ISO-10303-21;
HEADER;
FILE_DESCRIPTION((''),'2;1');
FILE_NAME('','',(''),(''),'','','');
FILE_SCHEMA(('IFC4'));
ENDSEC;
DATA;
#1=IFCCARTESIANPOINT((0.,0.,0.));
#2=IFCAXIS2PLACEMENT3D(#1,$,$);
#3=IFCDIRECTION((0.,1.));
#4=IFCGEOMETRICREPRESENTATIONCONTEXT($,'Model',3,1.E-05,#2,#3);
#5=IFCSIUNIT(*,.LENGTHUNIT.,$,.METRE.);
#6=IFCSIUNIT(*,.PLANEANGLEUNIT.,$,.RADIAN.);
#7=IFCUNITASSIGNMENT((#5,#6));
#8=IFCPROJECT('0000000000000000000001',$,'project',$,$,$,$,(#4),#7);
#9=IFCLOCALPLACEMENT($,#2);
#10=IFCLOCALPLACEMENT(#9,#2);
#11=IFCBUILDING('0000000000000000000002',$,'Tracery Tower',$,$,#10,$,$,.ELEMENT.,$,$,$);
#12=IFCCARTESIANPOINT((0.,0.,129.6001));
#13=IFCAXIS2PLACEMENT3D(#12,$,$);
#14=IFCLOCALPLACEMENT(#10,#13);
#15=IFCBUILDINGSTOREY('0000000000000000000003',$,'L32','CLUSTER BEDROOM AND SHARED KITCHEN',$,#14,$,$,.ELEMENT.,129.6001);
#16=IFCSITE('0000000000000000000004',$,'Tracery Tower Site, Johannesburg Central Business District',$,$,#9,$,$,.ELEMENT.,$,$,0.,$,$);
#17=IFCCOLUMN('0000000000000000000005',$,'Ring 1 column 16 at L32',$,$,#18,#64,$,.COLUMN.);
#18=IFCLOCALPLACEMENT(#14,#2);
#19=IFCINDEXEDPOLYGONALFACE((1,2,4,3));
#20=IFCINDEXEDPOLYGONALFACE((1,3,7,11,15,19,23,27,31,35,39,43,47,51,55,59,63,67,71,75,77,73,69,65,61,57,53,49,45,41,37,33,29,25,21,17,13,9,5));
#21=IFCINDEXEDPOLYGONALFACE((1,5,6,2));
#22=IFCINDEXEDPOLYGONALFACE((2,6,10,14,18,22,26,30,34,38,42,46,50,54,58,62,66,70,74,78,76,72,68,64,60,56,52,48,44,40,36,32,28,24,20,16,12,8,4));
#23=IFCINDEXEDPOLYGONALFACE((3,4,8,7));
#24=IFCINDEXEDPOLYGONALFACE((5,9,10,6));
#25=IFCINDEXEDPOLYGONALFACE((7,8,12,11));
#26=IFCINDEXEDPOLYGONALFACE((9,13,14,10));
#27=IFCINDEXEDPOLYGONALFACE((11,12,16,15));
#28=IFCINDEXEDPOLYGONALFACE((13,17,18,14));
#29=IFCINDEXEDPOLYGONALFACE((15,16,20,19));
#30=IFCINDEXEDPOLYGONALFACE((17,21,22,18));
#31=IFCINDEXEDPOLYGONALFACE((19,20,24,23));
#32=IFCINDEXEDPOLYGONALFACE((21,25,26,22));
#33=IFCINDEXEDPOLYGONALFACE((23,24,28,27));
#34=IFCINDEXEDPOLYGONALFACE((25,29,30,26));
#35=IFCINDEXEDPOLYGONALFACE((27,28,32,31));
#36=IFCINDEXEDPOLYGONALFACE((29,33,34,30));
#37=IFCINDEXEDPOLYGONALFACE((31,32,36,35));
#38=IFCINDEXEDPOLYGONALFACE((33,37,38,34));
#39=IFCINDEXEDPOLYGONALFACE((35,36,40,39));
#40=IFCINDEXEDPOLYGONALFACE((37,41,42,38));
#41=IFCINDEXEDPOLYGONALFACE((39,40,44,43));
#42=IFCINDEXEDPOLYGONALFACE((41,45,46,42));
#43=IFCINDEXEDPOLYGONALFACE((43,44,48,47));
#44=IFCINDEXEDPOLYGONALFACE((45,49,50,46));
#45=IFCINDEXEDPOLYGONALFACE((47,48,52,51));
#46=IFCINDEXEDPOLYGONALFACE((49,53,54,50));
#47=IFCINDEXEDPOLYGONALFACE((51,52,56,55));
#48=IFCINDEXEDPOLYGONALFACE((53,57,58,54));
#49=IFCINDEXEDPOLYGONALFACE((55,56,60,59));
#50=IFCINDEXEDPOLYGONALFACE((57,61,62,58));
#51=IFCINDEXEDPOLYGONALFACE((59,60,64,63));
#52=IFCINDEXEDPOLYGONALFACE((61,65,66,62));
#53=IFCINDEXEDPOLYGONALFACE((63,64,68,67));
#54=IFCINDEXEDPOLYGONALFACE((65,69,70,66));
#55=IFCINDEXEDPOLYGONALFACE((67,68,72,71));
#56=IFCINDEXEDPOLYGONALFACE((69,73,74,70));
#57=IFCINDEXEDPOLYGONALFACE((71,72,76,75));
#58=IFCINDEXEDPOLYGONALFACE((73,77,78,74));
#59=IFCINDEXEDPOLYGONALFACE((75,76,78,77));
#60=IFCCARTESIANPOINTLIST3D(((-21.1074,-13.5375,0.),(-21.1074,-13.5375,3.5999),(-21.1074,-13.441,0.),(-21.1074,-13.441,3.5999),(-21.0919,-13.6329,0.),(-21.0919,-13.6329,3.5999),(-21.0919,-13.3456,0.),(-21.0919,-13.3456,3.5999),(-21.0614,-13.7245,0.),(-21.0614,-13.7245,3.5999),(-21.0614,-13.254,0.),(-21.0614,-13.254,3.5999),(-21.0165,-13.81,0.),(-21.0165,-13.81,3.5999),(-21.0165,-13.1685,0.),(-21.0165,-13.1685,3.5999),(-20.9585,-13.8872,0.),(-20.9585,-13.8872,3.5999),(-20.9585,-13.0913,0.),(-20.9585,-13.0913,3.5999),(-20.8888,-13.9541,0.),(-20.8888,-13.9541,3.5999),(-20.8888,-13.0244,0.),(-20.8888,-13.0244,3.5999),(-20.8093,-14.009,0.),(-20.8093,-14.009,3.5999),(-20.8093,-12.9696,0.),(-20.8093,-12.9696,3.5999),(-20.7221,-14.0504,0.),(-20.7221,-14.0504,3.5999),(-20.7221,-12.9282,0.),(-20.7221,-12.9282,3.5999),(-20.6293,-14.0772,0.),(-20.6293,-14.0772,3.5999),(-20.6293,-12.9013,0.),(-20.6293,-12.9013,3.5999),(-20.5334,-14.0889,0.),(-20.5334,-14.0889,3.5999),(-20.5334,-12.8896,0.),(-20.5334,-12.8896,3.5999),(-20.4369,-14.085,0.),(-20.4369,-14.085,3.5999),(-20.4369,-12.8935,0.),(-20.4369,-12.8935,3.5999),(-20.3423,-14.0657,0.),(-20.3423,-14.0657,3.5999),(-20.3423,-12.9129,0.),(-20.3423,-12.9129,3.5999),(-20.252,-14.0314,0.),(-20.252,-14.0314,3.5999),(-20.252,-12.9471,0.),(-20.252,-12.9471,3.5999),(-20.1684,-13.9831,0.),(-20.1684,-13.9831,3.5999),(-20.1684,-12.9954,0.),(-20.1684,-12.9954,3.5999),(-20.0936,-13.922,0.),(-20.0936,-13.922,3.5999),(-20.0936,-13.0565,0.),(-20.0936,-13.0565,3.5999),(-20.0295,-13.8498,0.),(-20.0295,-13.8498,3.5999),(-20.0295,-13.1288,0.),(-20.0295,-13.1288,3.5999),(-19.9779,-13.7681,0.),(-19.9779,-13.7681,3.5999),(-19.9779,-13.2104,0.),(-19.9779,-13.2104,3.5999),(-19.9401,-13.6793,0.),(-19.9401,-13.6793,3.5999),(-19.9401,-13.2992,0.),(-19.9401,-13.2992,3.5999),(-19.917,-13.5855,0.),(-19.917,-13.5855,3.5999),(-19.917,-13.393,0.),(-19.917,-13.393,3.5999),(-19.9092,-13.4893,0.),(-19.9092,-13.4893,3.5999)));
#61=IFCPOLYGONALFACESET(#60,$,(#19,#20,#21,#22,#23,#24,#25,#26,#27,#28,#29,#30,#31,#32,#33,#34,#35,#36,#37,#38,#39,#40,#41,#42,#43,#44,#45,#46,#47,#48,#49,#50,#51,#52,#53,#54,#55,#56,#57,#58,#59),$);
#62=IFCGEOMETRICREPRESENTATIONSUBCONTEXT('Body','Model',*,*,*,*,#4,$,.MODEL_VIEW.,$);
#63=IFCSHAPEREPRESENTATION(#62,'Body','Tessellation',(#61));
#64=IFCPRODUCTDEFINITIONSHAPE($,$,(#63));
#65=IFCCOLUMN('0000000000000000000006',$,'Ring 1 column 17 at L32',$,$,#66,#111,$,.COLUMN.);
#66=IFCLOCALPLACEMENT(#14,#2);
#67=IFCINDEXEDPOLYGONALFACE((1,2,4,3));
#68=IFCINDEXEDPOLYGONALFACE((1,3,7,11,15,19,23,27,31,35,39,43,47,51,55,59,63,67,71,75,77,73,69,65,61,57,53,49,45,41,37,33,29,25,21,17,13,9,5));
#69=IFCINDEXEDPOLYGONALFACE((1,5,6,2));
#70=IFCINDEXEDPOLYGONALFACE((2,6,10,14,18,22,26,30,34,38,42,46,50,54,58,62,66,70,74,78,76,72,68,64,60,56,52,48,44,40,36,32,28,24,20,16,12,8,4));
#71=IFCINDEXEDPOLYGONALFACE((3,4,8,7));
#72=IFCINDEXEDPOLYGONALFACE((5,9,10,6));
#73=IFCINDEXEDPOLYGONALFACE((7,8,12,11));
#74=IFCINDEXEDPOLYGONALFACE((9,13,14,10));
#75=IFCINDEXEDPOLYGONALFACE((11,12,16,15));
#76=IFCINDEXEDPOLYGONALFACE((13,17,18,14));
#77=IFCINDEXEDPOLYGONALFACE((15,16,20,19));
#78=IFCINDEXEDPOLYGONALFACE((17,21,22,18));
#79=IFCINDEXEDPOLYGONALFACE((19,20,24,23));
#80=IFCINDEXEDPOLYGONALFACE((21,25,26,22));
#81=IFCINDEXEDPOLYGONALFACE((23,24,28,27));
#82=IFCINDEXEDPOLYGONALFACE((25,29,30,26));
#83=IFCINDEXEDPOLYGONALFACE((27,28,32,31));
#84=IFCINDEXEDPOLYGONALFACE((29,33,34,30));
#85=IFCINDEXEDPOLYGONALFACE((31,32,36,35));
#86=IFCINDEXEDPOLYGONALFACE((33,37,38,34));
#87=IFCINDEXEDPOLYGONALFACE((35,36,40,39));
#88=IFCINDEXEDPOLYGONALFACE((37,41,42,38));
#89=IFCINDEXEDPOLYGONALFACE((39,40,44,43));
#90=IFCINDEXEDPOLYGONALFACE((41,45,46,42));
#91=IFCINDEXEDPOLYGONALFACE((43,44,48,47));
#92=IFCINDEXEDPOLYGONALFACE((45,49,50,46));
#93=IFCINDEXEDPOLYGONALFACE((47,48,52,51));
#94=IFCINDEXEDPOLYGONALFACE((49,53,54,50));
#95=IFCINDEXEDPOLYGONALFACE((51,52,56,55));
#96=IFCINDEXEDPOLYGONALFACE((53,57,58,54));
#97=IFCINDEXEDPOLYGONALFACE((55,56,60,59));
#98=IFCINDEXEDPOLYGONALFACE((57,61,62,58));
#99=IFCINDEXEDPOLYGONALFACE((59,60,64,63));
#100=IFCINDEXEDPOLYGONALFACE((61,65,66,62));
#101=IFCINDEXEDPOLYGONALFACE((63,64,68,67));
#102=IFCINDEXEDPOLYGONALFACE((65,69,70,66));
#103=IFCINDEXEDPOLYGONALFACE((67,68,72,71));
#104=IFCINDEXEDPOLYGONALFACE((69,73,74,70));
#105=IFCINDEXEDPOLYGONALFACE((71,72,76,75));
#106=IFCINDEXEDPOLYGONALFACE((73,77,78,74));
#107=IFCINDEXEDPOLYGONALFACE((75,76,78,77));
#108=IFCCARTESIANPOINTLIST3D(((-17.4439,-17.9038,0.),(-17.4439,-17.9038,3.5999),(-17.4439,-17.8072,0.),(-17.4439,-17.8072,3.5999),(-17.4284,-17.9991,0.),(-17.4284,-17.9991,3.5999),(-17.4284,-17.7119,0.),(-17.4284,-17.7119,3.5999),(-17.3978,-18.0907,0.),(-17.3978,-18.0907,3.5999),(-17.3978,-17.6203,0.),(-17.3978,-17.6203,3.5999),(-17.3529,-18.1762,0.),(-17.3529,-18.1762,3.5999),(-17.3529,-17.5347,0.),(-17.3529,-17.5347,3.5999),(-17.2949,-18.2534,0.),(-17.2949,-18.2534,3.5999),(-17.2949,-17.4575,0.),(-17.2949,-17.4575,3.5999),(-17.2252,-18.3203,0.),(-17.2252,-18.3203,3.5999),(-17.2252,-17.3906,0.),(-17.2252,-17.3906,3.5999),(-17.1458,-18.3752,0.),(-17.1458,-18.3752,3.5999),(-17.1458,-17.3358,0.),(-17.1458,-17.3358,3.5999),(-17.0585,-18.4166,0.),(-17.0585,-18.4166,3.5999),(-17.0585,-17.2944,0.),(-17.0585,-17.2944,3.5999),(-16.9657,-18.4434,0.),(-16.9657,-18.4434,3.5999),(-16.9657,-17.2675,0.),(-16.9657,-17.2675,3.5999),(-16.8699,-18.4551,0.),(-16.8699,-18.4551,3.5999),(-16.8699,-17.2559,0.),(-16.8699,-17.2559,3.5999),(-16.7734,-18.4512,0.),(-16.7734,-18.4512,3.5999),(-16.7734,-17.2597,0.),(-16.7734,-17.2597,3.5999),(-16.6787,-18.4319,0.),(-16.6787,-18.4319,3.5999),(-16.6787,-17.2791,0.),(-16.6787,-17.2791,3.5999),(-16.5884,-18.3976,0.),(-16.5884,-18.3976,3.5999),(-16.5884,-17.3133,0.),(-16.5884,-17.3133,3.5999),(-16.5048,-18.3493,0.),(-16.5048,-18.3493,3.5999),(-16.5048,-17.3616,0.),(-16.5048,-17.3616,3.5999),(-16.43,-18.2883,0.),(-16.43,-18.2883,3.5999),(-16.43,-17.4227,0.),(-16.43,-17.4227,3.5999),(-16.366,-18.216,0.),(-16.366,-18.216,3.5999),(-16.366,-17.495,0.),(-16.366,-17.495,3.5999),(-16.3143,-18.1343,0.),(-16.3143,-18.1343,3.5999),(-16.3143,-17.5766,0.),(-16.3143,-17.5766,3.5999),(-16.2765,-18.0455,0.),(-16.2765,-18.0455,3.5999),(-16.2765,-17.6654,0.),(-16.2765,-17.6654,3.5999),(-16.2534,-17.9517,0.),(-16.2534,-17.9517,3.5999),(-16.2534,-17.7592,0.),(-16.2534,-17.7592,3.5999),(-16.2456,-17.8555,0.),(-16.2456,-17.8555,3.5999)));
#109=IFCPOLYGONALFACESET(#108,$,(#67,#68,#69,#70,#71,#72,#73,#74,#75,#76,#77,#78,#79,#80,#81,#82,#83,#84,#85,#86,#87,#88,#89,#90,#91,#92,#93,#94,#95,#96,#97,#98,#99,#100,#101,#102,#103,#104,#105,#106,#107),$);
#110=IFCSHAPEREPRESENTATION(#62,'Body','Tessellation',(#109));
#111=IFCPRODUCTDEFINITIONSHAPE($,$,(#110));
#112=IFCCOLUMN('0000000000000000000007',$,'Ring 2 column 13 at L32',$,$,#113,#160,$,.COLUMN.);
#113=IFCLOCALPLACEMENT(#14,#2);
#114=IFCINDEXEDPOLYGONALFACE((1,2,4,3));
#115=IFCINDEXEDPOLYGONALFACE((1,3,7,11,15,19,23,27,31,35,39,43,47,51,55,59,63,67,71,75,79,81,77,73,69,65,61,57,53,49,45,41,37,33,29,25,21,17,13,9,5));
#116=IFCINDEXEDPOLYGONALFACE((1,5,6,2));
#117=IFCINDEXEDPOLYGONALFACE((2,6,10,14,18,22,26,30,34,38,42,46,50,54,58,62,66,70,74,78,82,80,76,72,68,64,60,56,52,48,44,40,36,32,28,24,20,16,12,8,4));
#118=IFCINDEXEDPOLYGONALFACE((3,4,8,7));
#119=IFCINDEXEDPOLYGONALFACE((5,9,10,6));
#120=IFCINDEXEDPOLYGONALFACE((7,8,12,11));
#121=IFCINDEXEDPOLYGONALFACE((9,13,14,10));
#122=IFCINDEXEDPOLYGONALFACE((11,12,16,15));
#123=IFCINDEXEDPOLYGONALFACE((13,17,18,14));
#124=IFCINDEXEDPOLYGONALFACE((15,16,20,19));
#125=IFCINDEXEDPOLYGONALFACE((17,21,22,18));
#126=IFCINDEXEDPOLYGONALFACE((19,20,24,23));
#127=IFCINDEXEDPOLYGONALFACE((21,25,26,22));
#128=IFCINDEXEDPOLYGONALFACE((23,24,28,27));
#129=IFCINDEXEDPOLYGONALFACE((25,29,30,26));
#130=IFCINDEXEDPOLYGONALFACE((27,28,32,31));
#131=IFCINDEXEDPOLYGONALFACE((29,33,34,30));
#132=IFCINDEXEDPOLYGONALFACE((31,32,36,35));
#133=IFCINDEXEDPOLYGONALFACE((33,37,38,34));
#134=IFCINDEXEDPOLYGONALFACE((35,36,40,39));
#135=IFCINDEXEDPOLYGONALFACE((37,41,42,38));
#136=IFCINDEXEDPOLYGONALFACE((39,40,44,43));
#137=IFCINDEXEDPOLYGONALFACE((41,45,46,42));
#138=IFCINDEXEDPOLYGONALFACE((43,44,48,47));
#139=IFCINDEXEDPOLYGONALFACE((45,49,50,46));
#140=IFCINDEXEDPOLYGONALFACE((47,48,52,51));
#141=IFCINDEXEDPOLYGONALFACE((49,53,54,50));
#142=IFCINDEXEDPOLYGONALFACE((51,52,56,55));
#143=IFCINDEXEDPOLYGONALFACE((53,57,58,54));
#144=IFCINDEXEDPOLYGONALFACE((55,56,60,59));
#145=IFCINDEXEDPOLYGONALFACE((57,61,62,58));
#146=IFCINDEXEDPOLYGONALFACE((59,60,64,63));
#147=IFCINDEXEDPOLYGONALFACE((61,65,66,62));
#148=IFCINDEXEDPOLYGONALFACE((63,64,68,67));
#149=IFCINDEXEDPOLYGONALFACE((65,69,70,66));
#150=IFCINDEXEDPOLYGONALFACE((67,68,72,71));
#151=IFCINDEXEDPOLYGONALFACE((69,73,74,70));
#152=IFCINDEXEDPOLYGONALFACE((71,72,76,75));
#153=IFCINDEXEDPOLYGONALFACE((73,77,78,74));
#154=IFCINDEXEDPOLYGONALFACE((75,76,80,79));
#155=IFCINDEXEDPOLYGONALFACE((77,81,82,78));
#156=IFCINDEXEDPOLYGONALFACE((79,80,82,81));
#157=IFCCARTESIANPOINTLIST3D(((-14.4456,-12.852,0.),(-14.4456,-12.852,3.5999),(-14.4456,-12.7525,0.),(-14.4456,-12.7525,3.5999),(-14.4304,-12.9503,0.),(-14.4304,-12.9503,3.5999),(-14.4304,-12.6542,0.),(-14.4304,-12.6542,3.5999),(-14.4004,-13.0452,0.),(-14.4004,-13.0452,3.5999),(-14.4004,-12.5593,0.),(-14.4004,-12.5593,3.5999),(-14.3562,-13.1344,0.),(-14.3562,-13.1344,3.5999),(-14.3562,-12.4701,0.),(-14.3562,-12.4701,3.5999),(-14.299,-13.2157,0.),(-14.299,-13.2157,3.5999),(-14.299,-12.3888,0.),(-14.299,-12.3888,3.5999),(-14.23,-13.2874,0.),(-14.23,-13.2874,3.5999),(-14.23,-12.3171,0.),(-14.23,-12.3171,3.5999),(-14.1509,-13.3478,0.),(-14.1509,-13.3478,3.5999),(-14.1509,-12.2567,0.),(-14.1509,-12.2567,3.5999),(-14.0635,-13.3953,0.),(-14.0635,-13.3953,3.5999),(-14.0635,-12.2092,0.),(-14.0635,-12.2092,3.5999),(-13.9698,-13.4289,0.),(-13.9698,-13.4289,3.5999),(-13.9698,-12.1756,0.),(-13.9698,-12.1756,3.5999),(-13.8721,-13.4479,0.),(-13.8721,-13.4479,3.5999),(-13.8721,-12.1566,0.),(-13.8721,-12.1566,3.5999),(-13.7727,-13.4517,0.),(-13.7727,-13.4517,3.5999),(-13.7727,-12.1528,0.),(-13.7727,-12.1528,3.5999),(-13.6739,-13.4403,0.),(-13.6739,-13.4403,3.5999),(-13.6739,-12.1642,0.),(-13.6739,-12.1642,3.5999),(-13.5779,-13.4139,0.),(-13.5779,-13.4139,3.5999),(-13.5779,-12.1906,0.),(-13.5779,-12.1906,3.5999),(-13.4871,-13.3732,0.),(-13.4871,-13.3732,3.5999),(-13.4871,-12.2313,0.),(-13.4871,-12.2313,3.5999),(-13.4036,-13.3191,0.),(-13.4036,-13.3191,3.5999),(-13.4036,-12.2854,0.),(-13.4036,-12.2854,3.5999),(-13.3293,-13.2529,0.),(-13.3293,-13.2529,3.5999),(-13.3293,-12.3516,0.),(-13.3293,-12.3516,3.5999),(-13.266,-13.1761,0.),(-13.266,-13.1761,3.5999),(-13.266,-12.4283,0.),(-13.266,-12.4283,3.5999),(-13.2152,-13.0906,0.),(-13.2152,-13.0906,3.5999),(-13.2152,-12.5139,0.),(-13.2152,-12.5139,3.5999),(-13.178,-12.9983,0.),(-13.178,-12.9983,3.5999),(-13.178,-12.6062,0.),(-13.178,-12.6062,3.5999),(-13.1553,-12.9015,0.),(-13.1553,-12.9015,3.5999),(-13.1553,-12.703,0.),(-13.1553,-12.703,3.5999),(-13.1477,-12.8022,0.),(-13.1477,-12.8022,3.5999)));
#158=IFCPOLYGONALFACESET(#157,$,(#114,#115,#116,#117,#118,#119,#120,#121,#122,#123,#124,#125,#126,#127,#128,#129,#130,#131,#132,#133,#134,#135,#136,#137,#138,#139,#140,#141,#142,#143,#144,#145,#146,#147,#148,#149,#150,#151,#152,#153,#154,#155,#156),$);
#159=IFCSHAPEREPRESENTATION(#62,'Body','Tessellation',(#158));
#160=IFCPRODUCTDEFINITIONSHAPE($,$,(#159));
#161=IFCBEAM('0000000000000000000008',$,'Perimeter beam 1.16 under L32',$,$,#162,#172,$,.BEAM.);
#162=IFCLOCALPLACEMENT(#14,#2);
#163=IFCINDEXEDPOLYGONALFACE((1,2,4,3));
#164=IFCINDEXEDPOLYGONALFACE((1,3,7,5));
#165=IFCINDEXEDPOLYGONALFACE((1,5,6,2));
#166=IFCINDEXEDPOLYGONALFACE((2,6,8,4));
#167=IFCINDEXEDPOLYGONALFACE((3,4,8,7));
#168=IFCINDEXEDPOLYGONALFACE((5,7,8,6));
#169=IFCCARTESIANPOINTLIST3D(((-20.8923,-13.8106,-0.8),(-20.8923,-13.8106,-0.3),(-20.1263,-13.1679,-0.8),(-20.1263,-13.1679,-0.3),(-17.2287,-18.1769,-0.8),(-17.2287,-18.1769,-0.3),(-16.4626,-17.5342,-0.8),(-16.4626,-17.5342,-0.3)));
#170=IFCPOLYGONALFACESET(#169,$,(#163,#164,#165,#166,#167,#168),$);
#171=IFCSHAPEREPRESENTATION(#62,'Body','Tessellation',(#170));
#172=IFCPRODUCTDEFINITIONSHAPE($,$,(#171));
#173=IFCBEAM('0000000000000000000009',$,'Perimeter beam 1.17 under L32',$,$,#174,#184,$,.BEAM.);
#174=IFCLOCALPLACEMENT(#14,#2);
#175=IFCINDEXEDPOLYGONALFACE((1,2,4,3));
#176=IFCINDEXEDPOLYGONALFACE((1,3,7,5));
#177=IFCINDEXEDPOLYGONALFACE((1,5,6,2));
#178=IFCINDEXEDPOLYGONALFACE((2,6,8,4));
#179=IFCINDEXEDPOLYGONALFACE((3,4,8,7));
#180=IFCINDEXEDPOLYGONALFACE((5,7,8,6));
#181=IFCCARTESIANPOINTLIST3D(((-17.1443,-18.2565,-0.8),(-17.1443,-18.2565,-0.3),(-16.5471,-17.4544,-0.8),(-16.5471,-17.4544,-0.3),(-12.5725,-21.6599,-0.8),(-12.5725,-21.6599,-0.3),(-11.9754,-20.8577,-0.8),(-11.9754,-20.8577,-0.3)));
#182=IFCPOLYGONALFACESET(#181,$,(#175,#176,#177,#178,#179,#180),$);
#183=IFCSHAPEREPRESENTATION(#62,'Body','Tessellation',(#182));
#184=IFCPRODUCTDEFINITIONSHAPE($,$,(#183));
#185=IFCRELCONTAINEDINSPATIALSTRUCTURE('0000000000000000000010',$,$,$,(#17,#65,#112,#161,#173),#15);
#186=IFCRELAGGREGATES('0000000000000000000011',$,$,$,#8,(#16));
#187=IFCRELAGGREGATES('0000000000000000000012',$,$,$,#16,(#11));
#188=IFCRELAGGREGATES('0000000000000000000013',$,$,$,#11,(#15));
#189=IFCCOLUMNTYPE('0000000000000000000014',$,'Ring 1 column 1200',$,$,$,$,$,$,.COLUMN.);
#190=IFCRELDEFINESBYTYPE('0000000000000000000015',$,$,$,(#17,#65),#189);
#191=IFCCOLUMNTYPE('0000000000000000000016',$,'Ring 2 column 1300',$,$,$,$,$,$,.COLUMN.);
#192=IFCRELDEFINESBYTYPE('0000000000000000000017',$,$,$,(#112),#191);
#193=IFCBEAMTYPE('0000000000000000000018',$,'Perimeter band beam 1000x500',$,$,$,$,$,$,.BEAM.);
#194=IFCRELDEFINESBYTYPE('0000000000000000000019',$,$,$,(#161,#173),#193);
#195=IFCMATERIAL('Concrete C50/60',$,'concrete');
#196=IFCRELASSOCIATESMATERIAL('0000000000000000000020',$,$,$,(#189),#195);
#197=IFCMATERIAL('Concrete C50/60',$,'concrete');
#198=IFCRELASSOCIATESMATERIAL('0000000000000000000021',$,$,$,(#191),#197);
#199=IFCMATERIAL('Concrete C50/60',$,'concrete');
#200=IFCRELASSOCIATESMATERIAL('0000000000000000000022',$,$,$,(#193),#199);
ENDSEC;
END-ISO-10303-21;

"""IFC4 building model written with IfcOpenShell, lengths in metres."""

from ifc_helpers import new_model, si_unit, direction, frame, origin, origin_2d, place, context, subcontext, project, spatial, rectangle, circle, extrude, material, material_profile, profile_set, type_object, element, save


model = new_model("IFC4")

# Units and contexts
model_context = context("Model", 3, precision=1e-05, world=origin(), true_north=direction((0.0, 1.0)))
body_context = subcontext(model_context, "Body", "Model", "MODEL_VIEW")
ifc_project = project(units=[si_unit("LENGTHUNIT", "METRE"), si_unit("PLANEANGLEUNIT", "RADIAN")], contexts=[model_context])

# Site, building, storey
site_placement = place(None, origin())
site = spatial("IfcSite", under=ifc_project, at=site_placement, Name="Tracery Tower Site, Johannesburg Central Business District", CompositionType="ELEMENT", RefElevation=0.0)
building_placement = place(site_placement, origin())
building = spatial("IfcBuilding", under=site, at=building_placement, Name="Tracery Tower", CompositionType="ELEMENT")
storey_placement = place(building_placement, frame((0.0, 0.0, 129.6001)))
storey = spatial("IfcBuildingStorey", under=building, at=storey_placement, Name="L32", Description="CLUSTER BEDROOM AND SHARED KITCHEN", CompositionType="ELEMENT", Elevation=129.6001)

# Columns
ifc_material_1 = material(Name="Concrete C50/60", Category="concrete")
ifc_material_profile_1 = material_profile(ifc_material_1, circle(Radius=0.6001, at=origin_2d()), Name="RC D1200")
ifc_profile_set_1 = profile_set([ifc_material_profile_1], Name="Concrete C50/60")
column_type_1 = type_object("IfcColumnType", Name="Ring 1 column 1200", PredefinedType="COLUMN", material=ifc_profile_set_1)
for number, where, z_axis, x_axis, name in (
    (1, (-20.5093, -13.4893, 0.0), (0.0, 0.0, 1.0), (1.0, 0.0, 0.0), "Ring 1 column 16 at L32"),
    (2, (-16.8457, -17.8555, 0.0), (0.0, 0.0, 1.0), (1.0, 0.0, 0.0), "Ring 1 column 17 at L32"),
):
    element("IfcColumn", number, at=place(storey_placement, frame(where, z_axis=z_axis, x_axis=x_axis)), inside=storey, type_object=column_type_1, Name=name, PredefinedType="COLUMN", context=body_context, shape_type="SweptSolid", body=[
        extrude(circle(Radius=0.6001, at=origin_2d()), origin(), (0.0, 0.0, 1.0), 3.5999),
    ])
ifc_material_2 = material(Name="Concrete C50/60", Category="concrete")
ifc_material_profile_2 = material_profile(ifc_material_2, circle(Radius=0.6499, at=origin_2d()), Name="RC D1300")
ifc_profile_set_2 = profile_set([ifc_material_profile_2], Name="Concrete C50/60")
column_type_2 = type_object("IfcColumnType", Name="Ring 2 column 1300", PredefinedType="COLUMN", material=ifc_profile_set_2)
column_placement = place(storey_placement, frame((-13.7976, -12.8022, 0.0), z_axis=(0.0, 0.0, 1.0), x_axis=(1.0, 0.0, 0.0)))
element("IfcColumn", 3, at=column_placement, inside=storey, type_object=column_type_2, Name="Ring 2 column 13 at L32", PredefinedType="COLUMN", context=body_context, shape_type="SweptSolid", body=[
    extrude(circle(Radius=0.6499, at=origin_2d()), origin(), (0.0, 0.0, 1.0), 3.5999),
])

# Beams
ifc_material_3 = material(Name="Concrete C50/60", Category="concrete")
ifc_material_profile_3 = material_profile(ifc_material_3, rectangle(XDim=1.0, YDim=0.5, at=origin_2d()), Name="RC 1000x500")
ifc_profile_set_3 = profile_set([ifc_material_profile_3], Name="Concrete C50/60")
beam_type = type_object("IfcBeamType", Name="Perimeter band beam 1000x500", PredefinedType="BEAM", material=ifc_profile_set_3)
beam_1_placement = place(storey_placement, frame((-20.5093, -13.4893, -0.55), z_axis=(0.642776, -0.766054, 0.0), x_axis=(0.766054, 0.642776, 0.0)))
element("IfcBeam", 4, at=beam_1_placement, inside=storey, type_object=beam_type, Name="Perimeter beam 1.16 under L32", PredefinedType="BEAM", context=body_context, shape_type="SweptSolid", body=[
    extrude(rectangle(XDim=1.0, YDim=0.5, at=origin_2d()), origin(), (0.0, 0.0, 1.0), 5.6997),
])
beam_2_placement = place(storey_placement, frame((-16.8457, -17.8555, -0.55), z_axis=(0.802144, -0.597131, 0.0), x_axis=(0.597131, 0.802144, 0.0)))
element("IfcBeam", 5, at=beam_2_placement, inside=storey, type_object=beam_type, Name="Perimeter beam 1.17 under L32", PredefinedType="BEAM", context=body_context, shape_type="SweptSolid", body=[
    extrude(rectangle(XDim=1.0, YDim=0.5, at=origin_2d()), origin(), (0.0, 0.0, 1.0), 5.6995),
])

save(model, "model.ifc")
